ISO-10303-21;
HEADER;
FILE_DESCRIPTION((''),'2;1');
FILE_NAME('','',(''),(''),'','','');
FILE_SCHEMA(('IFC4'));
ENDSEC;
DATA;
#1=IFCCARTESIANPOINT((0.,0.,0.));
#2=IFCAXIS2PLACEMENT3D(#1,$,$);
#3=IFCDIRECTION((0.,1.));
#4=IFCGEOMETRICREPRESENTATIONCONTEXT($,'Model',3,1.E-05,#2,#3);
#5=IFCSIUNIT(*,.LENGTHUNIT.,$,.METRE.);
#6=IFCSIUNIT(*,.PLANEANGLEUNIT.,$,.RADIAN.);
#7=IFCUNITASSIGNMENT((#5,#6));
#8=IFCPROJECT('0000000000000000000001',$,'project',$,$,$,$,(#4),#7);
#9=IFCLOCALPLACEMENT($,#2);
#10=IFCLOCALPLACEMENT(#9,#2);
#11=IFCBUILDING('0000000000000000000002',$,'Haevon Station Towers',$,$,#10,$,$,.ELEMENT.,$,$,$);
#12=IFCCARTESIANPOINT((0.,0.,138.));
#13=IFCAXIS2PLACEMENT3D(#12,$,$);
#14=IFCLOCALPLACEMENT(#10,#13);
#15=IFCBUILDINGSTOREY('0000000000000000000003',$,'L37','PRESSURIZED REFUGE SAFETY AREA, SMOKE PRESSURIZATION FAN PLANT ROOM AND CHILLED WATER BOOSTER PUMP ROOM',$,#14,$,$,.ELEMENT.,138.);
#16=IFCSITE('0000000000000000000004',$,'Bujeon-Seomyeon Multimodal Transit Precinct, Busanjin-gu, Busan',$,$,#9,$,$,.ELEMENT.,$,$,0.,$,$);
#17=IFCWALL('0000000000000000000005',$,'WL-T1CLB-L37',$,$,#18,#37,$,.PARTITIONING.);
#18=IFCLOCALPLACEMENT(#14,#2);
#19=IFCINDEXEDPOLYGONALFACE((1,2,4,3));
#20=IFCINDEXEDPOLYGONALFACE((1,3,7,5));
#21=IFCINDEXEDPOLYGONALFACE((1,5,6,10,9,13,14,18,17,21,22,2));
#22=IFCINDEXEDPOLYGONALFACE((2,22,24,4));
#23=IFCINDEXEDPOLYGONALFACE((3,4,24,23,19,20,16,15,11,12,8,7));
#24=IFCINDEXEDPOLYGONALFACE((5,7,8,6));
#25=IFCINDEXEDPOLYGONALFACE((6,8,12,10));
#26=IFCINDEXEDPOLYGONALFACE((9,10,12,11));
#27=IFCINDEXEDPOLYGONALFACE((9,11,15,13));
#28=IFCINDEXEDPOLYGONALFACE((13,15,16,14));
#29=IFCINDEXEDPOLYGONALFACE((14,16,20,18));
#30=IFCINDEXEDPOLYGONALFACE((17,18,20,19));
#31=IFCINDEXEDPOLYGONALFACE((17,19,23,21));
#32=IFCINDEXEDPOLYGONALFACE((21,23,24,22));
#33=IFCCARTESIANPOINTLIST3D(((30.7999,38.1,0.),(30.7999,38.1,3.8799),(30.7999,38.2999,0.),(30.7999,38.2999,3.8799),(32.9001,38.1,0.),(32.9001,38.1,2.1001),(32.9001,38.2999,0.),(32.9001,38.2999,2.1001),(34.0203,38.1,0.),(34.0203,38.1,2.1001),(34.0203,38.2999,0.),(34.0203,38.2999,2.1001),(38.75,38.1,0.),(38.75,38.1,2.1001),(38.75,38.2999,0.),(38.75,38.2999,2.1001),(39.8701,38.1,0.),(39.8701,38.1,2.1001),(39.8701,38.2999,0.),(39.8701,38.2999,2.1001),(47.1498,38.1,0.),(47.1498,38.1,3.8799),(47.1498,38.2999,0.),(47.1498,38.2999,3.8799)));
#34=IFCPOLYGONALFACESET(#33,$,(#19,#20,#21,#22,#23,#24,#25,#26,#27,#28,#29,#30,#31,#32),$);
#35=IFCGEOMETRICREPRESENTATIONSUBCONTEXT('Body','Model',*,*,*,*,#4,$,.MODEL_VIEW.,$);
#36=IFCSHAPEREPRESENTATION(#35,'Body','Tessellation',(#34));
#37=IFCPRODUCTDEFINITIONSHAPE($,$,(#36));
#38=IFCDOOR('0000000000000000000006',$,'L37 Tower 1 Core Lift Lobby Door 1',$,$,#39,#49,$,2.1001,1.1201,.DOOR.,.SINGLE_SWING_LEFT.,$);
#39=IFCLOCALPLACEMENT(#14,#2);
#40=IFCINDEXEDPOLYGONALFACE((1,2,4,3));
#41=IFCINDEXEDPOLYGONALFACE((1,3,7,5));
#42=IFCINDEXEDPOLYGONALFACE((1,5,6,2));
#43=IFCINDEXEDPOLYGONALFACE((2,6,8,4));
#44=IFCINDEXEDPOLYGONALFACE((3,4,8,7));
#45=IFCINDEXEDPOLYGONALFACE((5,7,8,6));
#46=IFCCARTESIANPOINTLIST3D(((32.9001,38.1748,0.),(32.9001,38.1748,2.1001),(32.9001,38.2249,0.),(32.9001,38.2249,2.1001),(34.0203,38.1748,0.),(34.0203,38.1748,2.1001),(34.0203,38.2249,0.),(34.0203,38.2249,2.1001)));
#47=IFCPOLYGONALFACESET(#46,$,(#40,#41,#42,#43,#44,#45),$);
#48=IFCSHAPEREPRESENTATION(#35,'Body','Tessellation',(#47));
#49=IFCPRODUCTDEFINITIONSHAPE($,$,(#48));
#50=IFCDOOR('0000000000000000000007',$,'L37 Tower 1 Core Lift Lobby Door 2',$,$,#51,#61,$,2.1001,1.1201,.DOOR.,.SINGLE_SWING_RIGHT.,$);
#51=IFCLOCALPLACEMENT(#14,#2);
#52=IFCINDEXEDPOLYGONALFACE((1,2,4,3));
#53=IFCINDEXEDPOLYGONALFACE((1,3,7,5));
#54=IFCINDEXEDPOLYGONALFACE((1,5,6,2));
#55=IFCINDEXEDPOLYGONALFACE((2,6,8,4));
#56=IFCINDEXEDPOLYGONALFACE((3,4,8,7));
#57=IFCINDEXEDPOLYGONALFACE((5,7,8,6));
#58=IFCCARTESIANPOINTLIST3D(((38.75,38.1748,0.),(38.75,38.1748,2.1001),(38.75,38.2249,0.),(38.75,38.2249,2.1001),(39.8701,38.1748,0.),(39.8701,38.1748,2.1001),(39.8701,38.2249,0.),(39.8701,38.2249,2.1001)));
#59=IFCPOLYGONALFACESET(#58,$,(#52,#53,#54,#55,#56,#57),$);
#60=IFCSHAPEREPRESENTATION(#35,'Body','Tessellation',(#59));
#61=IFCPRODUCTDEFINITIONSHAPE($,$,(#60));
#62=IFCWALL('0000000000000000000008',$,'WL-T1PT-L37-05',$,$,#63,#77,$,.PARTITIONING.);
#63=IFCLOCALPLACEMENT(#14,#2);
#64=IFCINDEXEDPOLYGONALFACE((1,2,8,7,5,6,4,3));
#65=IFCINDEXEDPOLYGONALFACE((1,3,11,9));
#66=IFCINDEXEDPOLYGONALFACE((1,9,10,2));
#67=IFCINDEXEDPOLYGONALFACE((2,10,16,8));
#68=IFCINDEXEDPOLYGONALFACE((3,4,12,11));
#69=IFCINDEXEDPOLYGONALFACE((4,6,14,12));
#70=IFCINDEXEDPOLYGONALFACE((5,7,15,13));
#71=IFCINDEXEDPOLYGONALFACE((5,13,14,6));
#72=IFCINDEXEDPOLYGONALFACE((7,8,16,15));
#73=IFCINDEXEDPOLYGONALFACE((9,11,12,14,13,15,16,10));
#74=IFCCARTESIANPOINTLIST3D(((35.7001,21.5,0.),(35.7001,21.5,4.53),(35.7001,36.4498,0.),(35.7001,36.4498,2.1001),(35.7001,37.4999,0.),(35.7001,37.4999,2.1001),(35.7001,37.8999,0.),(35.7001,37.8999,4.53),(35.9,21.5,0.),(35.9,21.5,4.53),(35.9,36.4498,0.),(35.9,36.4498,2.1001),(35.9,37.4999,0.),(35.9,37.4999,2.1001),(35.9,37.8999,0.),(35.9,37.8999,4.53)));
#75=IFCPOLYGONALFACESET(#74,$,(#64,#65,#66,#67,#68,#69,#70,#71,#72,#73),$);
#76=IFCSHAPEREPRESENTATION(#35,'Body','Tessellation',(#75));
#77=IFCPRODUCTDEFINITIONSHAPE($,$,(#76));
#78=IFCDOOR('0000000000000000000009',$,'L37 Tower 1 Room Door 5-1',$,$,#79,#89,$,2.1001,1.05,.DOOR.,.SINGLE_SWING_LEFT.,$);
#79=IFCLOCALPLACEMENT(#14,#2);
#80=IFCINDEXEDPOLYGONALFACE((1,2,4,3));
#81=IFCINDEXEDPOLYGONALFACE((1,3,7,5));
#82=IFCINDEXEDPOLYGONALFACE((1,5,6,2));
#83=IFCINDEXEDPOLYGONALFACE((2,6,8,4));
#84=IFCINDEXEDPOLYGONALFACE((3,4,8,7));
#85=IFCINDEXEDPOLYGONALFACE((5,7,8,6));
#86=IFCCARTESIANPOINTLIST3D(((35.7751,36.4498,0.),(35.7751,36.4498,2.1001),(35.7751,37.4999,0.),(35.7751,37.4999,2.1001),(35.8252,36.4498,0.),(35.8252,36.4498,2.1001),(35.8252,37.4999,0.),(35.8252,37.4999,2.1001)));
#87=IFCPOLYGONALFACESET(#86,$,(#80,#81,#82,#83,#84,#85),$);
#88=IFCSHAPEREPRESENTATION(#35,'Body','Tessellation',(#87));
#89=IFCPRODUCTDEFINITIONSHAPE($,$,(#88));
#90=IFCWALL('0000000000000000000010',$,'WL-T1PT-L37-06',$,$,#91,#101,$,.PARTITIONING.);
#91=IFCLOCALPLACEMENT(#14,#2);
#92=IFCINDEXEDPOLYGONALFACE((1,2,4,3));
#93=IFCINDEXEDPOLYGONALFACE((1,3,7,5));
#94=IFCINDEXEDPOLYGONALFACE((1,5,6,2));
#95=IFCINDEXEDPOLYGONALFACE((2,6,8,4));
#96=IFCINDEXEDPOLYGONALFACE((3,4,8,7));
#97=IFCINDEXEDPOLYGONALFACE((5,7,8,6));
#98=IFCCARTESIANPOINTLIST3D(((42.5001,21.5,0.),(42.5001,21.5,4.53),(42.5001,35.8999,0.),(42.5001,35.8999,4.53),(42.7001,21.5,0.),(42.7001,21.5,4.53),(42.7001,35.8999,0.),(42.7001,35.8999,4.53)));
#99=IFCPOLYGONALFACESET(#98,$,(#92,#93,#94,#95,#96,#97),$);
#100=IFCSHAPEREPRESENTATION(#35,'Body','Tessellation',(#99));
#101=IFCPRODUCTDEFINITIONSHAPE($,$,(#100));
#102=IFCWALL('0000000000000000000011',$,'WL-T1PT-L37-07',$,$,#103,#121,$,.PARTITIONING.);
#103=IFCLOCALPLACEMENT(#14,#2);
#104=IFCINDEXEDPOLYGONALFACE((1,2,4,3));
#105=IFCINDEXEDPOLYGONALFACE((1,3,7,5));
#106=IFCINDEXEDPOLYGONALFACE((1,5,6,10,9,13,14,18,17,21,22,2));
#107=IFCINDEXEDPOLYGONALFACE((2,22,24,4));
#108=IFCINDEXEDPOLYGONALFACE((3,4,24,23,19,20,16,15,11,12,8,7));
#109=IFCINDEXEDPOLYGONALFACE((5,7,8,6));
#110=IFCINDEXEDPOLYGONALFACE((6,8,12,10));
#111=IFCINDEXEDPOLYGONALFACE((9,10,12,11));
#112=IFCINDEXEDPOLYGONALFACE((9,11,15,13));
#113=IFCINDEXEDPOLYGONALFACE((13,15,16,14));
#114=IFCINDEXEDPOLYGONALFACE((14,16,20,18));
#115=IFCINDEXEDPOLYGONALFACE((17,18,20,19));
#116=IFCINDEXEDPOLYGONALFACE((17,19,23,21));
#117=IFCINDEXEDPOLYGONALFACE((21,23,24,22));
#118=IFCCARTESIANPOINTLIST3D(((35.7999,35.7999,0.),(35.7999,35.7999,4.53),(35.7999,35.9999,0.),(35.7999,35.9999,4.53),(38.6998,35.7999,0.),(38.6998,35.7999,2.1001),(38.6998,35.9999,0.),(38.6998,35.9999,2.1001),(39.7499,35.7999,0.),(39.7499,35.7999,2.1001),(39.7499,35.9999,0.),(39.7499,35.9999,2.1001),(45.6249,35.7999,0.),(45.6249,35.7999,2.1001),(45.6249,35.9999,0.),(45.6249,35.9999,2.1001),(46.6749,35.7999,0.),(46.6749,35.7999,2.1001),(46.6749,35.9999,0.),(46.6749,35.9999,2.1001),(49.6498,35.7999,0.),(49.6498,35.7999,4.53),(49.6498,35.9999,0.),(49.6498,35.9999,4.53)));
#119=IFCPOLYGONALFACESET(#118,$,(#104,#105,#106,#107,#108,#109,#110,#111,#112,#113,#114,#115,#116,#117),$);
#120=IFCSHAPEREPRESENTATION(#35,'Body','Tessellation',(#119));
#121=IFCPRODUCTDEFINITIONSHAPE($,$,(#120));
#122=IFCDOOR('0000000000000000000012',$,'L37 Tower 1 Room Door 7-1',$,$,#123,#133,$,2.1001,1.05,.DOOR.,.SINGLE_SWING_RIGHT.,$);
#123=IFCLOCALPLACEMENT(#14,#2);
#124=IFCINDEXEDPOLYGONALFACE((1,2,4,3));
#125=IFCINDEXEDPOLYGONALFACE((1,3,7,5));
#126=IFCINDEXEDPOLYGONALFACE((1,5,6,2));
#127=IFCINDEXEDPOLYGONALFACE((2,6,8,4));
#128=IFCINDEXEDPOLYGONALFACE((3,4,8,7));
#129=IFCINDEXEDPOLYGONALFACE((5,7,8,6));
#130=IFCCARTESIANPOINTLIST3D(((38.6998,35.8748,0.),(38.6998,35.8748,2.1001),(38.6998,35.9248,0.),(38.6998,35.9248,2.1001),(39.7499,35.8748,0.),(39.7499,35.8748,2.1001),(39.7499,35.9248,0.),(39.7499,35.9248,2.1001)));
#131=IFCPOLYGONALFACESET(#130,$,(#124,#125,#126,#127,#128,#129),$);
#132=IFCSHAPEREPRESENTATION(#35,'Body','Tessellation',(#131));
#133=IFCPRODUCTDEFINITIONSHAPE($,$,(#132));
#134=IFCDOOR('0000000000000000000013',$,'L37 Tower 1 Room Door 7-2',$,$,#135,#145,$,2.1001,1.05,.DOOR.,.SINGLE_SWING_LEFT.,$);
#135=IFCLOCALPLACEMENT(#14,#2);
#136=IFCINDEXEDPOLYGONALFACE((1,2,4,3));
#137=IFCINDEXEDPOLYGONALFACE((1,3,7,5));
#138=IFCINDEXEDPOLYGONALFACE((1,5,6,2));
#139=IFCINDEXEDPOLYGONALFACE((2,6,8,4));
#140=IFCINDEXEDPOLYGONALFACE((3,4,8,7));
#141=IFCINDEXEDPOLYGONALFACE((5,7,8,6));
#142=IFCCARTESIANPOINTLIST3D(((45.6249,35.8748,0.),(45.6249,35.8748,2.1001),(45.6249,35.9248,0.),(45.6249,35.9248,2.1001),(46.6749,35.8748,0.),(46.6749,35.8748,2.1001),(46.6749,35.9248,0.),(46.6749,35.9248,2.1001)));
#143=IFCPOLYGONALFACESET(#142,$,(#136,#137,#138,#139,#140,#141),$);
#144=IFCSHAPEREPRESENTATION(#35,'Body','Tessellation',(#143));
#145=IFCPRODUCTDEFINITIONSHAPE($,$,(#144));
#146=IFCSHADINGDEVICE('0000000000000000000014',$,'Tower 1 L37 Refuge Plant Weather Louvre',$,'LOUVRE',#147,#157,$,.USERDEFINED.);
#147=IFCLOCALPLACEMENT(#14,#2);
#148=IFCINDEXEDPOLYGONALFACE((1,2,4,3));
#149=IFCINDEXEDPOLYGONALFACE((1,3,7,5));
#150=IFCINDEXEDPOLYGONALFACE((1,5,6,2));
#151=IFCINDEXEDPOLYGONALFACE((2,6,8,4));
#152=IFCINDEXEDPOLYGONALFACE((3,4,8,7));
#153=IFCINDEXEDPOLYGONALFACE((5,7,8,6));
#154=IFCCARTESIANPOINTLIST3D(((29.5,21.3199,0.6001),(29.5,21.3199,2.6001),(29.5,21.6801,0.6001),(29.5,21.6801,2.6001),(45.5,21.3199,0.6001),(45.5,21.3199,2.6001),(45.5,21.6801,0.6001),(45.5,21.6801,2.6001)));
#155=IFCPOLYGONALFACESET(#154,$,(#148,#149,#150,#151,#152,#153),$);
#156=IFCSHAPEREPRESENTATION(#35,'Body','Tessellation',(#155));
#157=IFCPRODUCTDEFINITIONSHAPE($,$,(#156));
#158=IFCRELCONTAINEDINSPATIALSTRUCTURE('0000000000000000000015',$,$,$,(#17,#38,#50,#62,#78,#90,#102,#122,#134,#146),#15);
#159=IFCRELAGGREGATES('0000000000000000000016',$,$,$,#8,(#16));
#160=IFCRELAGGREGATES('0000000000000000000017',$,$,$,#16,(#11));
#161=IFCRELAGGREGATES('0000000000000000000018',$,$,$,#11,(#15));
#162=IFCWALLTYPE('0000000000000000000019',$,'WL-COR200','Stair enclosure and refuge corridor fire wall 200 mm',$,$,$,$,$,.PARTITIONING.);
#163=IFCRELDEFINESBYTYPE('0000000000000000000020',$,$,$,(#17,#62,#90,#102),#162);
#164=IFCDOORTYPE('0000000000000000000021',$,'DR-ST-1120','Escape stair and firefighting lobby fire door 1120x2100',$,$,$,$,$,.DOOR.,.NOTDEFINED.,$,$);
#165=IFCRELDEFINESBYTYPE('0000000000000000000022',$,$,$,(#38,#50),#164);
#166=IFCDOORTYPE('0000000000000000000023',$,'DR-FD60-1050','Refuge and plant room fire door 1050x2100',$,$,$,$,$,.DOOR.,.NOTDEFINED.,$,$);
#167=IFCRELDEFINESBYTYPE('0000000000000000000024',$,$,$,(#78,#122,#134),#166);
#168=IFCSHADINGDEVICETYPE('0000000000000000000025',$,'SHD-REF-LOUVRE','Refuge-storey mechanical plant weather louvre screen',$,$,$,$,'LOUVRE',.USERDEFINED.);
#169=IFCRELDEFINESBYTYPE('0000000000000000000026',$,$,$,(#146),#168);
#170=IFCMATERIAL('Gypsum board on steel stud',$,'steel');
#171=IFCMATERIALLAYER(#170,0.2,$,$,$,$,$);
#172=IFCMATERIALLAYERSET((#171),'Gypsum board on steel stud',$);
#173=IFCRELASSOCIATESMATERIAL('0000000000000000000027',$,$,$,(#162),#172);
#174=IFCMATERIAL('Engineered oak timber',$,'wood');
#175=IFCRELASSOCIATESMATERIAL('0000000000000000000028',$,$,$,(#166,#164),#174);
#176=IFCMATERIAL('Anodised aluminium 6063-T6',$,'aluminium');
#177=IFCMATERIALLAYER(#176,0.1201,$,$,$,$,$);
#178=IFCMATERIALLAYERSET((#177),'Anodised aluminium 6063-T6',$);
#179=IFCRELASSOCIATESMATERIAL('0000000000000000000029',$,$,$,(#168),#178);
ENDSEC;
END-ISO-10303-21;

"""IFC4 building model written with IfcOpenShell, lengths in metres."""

from ifc_helpers import new_model, si_unit, direction, frame, frame_2d, origin, origin_2d, place, context, subcontext, project, spatial, rectangle, extrude, material, layer, layer_set, type_object, element, fill, save


model = new_model("IFC4")

# Units and contexts
model_context = context("Model", 3, precision=1e-05, world=origin(), true_north=direction((0.0, 1.0)))
body_context = subcontext(model_context, "Body", "Model", "MODEL_VIEW")
ifc_project = project(units=[si_unit("LENGTHUNIT", "METRE"), si_unit("PLANEANGLEUNIT", "RADIAN")], contexts=[model_context])

# Site, building, storey
site_placement = place(None, origin())
site = spatial("IfcSite", under=ifc_project, at=site_placement, Name="Bujeon-Seomyeon Multimodal Transit Precinct, Busanjin-gu, Busan", CompositionType="ELEMENT", RefElevation=0.0)
building_placement = place(site_placement, origin())
building = spatial("IfcBuilding", under=site, at=building_placement, Name="Haevon Station Towers", CompositionType="ELEMENT")
storey_placement = place(building_placement, frame((0.0, 0.0, 138.0)))
storey = spatial("IfcBuildingStorey", under=building, at=storey_placement, Name="L37", Description="PRESSURIZED REFUGE SAFETY AREA, SMOKE PRESSURIZATION FAN PLANT ROOM AND CHILLED WATER BOOSTER PUMP ROOM", CompositionType="ELEMENT", Elevation=138.0)

# Shared definitions
ifc_material_1 = material(Name="Gypsum board on steel stud", Category="steel")
ifc_layer_1 = layer(ifc_material_1, 0.2)
ifc_layer_set_1 = layer_set([ifc_layer_1], Name="Gypsum board on steel stud")
wall_type = type_object("IfcWallType", Name="WL-COR200", Description="Stair enclosure and refuge corridor fire wall 200 mm", PredefinedType="PARTITIONING", material=ifc_layer_set_1)
ifc_material_2 = material(Name="Engineered oak timber", Category="wood")
door_type_1 = type_object("IfcDoorType", Name="DR-FD60-1050", Description="Refuge and plant room fire door 1050x2100", OperationType="NOTDEFINED", PredefinedType="DOOR", material=ifc_material_2)

# Wall, openings, doors
wall_1_placement = place(storey_placement, frame((30.8, 38.2, 0.0), z_axis=(0.0, 0.0, 1.0), x_axis=(1.0, 0.0, 0.0)))
wall_1 = element("IfcWall", 1, at=wall_1_placement, inside=storey, type_object=wall_type, Name="WL-T1CLB-L37", PredefinedType="PARTITIONING", context=body_context, shape_type="SweptSolid", body=[
    extrude(rectangle(XDim=16.3499, YDim=0.2, at=frame_2d((8.1748, 0.0))), origin(), (0.0, 0.0, 1.0), 3.8799),
])
opening_1_placement = place(wall_1_placement, frame((2.1001, 0.0, 0.0)))
opening_1 = element("IfcOpeningElement", 2, at=opening_1_placement, cuts=wall_1, PredefinedType="OPENING", context=body_context, shape_type="SweptSolid", body=[
    extrude(rectangle(XDim=1.1201, YDim=2.1001, at=frame_2d((0.5601, 1.05))), frame((0.0, 0.1099, 0.0), z_axis=(0.0, -1.0, 0.0), x_axis=(1.0, 0.0, 0.0)), (0.0, 0.0, 1.0), 0.22),
])
opening_2_placement = place(wall_1_placement, frame((7.95, 0.0, 0.0)))
opening_2 = element("IfcOpeningElement", 3, at=opening_2_placement, cuts=wall_1, PredefinedType="OPENING", context=body_context, shape_type="SweptSolid", body=[
    extrude(rectangle(XDim=1.1201, YDim=2.1001, at=frame_2d((0.5601, 1.05))), frame((0.0, 0.1099, 0.0), z_axis=(0.0, -1.0, 0.0), x_axis=(1.0, 0.0, 0.0)), (0.0, 0.0, 1.0), 0.22),
])
door_type_2 = type_object("IfcDoorType", Name="DR-ST-1120", Description="Escape stair and firefighting lobby fire door 1120x2100", OperationType="NOTDEFINED", PredefinedType="DOOR", material=ifc_material_2)
door_1_placement = place(opening_1_placement, origin())
door_1 = element("IfcDoor", 4, at=door_1_placement, inside=storey, type_object=door_type_2, Name="L37 Tower 1 Core Lift Lobby Door 1", OperationType="SINGLE_SWING_LEFT", OverallHeight=2.1001, OverallWidth=1.1201, PredefinedType="DOOR", context=body_context, shape_type="SweptSolid", body=[
    extrude(rectangle(XDim=1.1201, YDim=2.1001, at=frame_2d((0.5601, 1.05))), frame((0.0, 0.0249, 0.0), z_axis=(0.0, -1.0, 0.0), x_axis=(1.0, 0.0, 0.0)), (0.0, 0.0, 1.0), 0.05),
])
fill(opening_1, door_1)
door_2_placement = place(opening_2_placement, origin())
door_2 = element("IfcDoor", 5, at=door_2_placement, inside=storey, type_object=door_type_2, Name="L37 Tower 1 Core Lift Lobby Door 2", OperationType="SINGLE_SWING_RIGHT", OverallHeight=2.1001, OverallWidth=1.1201, PredefinedType="DOOR", context=body_context, shape_type="SweptSolid", body=[
    extrude(rectangle(XDim=1.1201, YDim=2.1001, at=frame_2d((0.5601, 1.05))), frame((0.0, 0.0249, 0.0), z_axis=(0.0, -1.0, 0.0), x_axis=(1.0, 0.0, 0.0)), (0.0, 0.0, 1.0), 0.05),
])
fill(opening_2, door_2)

# Wall, opening, door
wall_2_placement = place(storey_placement, frame((35.8, 21.5, 0.0), z_axis=(0.0, 0.0, 1.0), x_axis=(0.0, 1.0, 0.0)))
wall_2 = element("IfcWall", 6, at=wall_2_placement, inside=storey, type_object=wall_type, Name="WL-T1PT-L37-05", PredefinedType="PARTITIONING", context=body_context, shape_type="SweptSolid", body=[
    extrude(rectangle(XDim=16.3999, YDim=0.2, at=frame_2d((8.2, 0.0))), origin(), (0.0, 0.0, 1.0), 4.53),
])
opening_3_placement = place(wall_2_placement, frame((14.95, 0.0, 0.0)))
opening_3 = element("IfcOpeningElement", 7, at=opening_3_placement, cuts=wall_2, PredefinedType="OPENING", context=body_context, shape_type="SweptSolid", body=[
    extrude(rectangle(XDim=1.05, YDim=2.1001, at=frame_2d((0.5249, 1.05))), frame((0.0, 0.1099, 0.0), z_axis=(0.0, -1.0, 0.0), x_axis=(1.0, 0.0, 0.0)), (0.0, 0.0, 1.0), 0.22),
])
door_3_placement = place(opening_3_placement, origin())
door_3 = element("IfcDoor", 8, at=door_3_placement, inside=storey, type_object=door_type_1, Name="L37 Tower 1 Room Door 5-1", OperationType="SINGLE_SWING_LEFT", OverallHeight=2.1001, OverallWidth=1.05, PredefinedType="DOOR", context=body_context, shape_type="SweptSolid", body=[
    extrude(rectangle(XDim=1.05, YDim=2.1001, at=frame_2d((0.5249, 1.05))), frame((0.0, 0.0249, 0.0), z_axis=(0.0, -1.0, 0.0), x_axis=(1.0, 0.0, 0.0)), (0.0, 0.0, 1.0), 0.05),
])
fill(opening_3, door_3)

# Wall
wall_3_placement = place(storey_placement, frame((42.6001, 21.5, 0.0), z_axis=(0.0, 0.0, 1.0), x_axis=(0.0, 1.0, 0.0)))
element("IfcWall", 9, at=wall_3_placement, inside=storey, type_object=wall_type, Name="WL-T1PT-L37-06", PredefinedType="PARTITIONING", context=body_context, shape_type="SweptSolid", body=[
    extrude(rectangle(XDim=14.3999, YDim=0.2, at=frame_2d((7.2, 0.0))), origin(), (0.0, 0.0, 1.0), 4.53),
])

# Wall, openings, doors
wall_4_placement = place(storey_placement, frame((35.8, 35.8999, 0.0), z_axis=(0.0, 0.0, 1.0), x_axis=(1.0, 0.0, 0.0)))
wall_4 = element("IfcWall", 10, at=wall_4_placement, inside=storey, type_object=wall_type, Name="WL-T1PT-L37-07", PredefinedType="PARTITIONING", context=body_context, shape_type="SweptSolid", body=[
    extrude(rectangle(XDim=13.8499, YDim=0.2, at=frame_2d((6.9248, 0.0))), origin(), (0.0, 0.0, 1.0), 4.53),
])
opening_4_placement = place(wall_4_placement, frame((2.8999, 0.0, 0.0)))
opening_4 = element("IfcOpeningElement", 11, at=opening_4_placement, cuts=wall_4, PredefinedType="OPENING", context=body_context, shape_type="SweptSolid", body=[
    extrude(rectangle(XDim=1.05, YDim=2.1001, at=frame_2d((0.5249, 1.05))), frame((0.0, 0.1099, 0.0), z_axis=(0.0, -1.0, 0.0), x_axis=(1.0, 0.0, 0.0)), (0.0, 0.0, 1.0), 0.22),
])
opening_5_placement = place(wall_4_placement, frame((9.825, 0.0, 0.0)))
opening_5 = element("IfcOpeningElement", 12, at=opening_5_placement, cuts=wall_4, PredefinedType="OPENING", context=body_context, shape_type="SweptSolid", body=[
    extrude(rectangle(XDim=1.05, YDim=2.1001, at=frame_2d((0.5249, 1.05))), frame((0.0, 0.1099, 0.0), z_axis=(0.0, -1.0, 0.0), x_axis=(1.0, 0.0, 0.0)), (0.0, 0.0, 1.0), 0.22),
])
door_4_placement = place(opening_4_placement, origin())
door_4 = element("IfcDoor", 13, at=door_4_placement, inside=storey, type_object=door_type_1, Name="L37 Tower 1 Room Door 7-1", OperationType="SINGLE_SWING_RIGHT", OverallHeight=2.1001, OverallWidth=1.05, PredefinedType="DOOR", context=body_context, shape_type="SweptSolid", body=[
    extrude(rectangle(XDim=1.05, YDim=2.1001, at=frame_2d((0.5249, 1.05))), frame((0.0, 0.0249, 0.0), z_axis=(0.0, -1.0, 0.0), x_axis=(1.0, 0.0, 0.0)), (0.0, 0.0, 1.0), 0.05),
])
fill(opening_4, door_4)
door_5_placement = place(opening_5_placement, origin())
door_5 = element("IfcDoor", 14, at=door_5_placement, inside=storey, type_object=door_type_1, Name="L37 Tower 1 Room Door 7-2", OperationType="SINGLE_SWING_LEFT", OverallHeight=2.1001, OverallWidth=1.05, PredefinedType="DOOR", context=body_context, shape_type="SweptSolid", body=[
    extrude(rectangle(XDim=1.05, YDim=2.1001, at=frame_2d((0.5249, 1.05))), frame((0.0, 0.0249, 0.0), z_axis=(0.0, -1.0, 0.0), x_axis=(1.0, 0.0, 0.0)), (0.0, 0.0, 1.0), 0.05),
])
fill(opening_5, door_5)

# Shading device
ifc_material_3 = material(Name="Anodised aluminium 6063-T6", Category="aluminium")
ifc_layer_2 = layer(ifc_material_3, 0.1201)
ifc_layer_set_2 = layer_set([ifc_layer_2], Name="Anodised aluminium 6063-T6")
shading_device_type = type_object("IfcShadingDeviceType", Name="SHD-REF-LOUVRE", Description="Refuge-storey mechanical plant weather louvre screen", ElementType="LOUVRE", PredefinedType="USERDEFINED", material=ifc_layer_set_2)
shading_device_placement = place(storey_placement, frame((37.5, 21.5, 0.6001), z_axis=(0.0, 0.0, 1.0), x_axis=(1.0, 0.0, 0.0)))
element("IfcShadingDevice", 15, at=shading_device_placement, inside=storey, type_object=shading_device_type, Name="Tower 1 L37 Refuge Plant Weather Louvre", ObjectType="LOUVRE", PredefinedType="USERDEFINED", context=body_context, shape_type="SweptSolid", body=[
    extrude(rectangle(XDim=16.0, YDim=0.3601, at=origin_2d()), origin(), (0.0, 0.0, 1.0), 2.0),
])

save(model, "model.ifc")
